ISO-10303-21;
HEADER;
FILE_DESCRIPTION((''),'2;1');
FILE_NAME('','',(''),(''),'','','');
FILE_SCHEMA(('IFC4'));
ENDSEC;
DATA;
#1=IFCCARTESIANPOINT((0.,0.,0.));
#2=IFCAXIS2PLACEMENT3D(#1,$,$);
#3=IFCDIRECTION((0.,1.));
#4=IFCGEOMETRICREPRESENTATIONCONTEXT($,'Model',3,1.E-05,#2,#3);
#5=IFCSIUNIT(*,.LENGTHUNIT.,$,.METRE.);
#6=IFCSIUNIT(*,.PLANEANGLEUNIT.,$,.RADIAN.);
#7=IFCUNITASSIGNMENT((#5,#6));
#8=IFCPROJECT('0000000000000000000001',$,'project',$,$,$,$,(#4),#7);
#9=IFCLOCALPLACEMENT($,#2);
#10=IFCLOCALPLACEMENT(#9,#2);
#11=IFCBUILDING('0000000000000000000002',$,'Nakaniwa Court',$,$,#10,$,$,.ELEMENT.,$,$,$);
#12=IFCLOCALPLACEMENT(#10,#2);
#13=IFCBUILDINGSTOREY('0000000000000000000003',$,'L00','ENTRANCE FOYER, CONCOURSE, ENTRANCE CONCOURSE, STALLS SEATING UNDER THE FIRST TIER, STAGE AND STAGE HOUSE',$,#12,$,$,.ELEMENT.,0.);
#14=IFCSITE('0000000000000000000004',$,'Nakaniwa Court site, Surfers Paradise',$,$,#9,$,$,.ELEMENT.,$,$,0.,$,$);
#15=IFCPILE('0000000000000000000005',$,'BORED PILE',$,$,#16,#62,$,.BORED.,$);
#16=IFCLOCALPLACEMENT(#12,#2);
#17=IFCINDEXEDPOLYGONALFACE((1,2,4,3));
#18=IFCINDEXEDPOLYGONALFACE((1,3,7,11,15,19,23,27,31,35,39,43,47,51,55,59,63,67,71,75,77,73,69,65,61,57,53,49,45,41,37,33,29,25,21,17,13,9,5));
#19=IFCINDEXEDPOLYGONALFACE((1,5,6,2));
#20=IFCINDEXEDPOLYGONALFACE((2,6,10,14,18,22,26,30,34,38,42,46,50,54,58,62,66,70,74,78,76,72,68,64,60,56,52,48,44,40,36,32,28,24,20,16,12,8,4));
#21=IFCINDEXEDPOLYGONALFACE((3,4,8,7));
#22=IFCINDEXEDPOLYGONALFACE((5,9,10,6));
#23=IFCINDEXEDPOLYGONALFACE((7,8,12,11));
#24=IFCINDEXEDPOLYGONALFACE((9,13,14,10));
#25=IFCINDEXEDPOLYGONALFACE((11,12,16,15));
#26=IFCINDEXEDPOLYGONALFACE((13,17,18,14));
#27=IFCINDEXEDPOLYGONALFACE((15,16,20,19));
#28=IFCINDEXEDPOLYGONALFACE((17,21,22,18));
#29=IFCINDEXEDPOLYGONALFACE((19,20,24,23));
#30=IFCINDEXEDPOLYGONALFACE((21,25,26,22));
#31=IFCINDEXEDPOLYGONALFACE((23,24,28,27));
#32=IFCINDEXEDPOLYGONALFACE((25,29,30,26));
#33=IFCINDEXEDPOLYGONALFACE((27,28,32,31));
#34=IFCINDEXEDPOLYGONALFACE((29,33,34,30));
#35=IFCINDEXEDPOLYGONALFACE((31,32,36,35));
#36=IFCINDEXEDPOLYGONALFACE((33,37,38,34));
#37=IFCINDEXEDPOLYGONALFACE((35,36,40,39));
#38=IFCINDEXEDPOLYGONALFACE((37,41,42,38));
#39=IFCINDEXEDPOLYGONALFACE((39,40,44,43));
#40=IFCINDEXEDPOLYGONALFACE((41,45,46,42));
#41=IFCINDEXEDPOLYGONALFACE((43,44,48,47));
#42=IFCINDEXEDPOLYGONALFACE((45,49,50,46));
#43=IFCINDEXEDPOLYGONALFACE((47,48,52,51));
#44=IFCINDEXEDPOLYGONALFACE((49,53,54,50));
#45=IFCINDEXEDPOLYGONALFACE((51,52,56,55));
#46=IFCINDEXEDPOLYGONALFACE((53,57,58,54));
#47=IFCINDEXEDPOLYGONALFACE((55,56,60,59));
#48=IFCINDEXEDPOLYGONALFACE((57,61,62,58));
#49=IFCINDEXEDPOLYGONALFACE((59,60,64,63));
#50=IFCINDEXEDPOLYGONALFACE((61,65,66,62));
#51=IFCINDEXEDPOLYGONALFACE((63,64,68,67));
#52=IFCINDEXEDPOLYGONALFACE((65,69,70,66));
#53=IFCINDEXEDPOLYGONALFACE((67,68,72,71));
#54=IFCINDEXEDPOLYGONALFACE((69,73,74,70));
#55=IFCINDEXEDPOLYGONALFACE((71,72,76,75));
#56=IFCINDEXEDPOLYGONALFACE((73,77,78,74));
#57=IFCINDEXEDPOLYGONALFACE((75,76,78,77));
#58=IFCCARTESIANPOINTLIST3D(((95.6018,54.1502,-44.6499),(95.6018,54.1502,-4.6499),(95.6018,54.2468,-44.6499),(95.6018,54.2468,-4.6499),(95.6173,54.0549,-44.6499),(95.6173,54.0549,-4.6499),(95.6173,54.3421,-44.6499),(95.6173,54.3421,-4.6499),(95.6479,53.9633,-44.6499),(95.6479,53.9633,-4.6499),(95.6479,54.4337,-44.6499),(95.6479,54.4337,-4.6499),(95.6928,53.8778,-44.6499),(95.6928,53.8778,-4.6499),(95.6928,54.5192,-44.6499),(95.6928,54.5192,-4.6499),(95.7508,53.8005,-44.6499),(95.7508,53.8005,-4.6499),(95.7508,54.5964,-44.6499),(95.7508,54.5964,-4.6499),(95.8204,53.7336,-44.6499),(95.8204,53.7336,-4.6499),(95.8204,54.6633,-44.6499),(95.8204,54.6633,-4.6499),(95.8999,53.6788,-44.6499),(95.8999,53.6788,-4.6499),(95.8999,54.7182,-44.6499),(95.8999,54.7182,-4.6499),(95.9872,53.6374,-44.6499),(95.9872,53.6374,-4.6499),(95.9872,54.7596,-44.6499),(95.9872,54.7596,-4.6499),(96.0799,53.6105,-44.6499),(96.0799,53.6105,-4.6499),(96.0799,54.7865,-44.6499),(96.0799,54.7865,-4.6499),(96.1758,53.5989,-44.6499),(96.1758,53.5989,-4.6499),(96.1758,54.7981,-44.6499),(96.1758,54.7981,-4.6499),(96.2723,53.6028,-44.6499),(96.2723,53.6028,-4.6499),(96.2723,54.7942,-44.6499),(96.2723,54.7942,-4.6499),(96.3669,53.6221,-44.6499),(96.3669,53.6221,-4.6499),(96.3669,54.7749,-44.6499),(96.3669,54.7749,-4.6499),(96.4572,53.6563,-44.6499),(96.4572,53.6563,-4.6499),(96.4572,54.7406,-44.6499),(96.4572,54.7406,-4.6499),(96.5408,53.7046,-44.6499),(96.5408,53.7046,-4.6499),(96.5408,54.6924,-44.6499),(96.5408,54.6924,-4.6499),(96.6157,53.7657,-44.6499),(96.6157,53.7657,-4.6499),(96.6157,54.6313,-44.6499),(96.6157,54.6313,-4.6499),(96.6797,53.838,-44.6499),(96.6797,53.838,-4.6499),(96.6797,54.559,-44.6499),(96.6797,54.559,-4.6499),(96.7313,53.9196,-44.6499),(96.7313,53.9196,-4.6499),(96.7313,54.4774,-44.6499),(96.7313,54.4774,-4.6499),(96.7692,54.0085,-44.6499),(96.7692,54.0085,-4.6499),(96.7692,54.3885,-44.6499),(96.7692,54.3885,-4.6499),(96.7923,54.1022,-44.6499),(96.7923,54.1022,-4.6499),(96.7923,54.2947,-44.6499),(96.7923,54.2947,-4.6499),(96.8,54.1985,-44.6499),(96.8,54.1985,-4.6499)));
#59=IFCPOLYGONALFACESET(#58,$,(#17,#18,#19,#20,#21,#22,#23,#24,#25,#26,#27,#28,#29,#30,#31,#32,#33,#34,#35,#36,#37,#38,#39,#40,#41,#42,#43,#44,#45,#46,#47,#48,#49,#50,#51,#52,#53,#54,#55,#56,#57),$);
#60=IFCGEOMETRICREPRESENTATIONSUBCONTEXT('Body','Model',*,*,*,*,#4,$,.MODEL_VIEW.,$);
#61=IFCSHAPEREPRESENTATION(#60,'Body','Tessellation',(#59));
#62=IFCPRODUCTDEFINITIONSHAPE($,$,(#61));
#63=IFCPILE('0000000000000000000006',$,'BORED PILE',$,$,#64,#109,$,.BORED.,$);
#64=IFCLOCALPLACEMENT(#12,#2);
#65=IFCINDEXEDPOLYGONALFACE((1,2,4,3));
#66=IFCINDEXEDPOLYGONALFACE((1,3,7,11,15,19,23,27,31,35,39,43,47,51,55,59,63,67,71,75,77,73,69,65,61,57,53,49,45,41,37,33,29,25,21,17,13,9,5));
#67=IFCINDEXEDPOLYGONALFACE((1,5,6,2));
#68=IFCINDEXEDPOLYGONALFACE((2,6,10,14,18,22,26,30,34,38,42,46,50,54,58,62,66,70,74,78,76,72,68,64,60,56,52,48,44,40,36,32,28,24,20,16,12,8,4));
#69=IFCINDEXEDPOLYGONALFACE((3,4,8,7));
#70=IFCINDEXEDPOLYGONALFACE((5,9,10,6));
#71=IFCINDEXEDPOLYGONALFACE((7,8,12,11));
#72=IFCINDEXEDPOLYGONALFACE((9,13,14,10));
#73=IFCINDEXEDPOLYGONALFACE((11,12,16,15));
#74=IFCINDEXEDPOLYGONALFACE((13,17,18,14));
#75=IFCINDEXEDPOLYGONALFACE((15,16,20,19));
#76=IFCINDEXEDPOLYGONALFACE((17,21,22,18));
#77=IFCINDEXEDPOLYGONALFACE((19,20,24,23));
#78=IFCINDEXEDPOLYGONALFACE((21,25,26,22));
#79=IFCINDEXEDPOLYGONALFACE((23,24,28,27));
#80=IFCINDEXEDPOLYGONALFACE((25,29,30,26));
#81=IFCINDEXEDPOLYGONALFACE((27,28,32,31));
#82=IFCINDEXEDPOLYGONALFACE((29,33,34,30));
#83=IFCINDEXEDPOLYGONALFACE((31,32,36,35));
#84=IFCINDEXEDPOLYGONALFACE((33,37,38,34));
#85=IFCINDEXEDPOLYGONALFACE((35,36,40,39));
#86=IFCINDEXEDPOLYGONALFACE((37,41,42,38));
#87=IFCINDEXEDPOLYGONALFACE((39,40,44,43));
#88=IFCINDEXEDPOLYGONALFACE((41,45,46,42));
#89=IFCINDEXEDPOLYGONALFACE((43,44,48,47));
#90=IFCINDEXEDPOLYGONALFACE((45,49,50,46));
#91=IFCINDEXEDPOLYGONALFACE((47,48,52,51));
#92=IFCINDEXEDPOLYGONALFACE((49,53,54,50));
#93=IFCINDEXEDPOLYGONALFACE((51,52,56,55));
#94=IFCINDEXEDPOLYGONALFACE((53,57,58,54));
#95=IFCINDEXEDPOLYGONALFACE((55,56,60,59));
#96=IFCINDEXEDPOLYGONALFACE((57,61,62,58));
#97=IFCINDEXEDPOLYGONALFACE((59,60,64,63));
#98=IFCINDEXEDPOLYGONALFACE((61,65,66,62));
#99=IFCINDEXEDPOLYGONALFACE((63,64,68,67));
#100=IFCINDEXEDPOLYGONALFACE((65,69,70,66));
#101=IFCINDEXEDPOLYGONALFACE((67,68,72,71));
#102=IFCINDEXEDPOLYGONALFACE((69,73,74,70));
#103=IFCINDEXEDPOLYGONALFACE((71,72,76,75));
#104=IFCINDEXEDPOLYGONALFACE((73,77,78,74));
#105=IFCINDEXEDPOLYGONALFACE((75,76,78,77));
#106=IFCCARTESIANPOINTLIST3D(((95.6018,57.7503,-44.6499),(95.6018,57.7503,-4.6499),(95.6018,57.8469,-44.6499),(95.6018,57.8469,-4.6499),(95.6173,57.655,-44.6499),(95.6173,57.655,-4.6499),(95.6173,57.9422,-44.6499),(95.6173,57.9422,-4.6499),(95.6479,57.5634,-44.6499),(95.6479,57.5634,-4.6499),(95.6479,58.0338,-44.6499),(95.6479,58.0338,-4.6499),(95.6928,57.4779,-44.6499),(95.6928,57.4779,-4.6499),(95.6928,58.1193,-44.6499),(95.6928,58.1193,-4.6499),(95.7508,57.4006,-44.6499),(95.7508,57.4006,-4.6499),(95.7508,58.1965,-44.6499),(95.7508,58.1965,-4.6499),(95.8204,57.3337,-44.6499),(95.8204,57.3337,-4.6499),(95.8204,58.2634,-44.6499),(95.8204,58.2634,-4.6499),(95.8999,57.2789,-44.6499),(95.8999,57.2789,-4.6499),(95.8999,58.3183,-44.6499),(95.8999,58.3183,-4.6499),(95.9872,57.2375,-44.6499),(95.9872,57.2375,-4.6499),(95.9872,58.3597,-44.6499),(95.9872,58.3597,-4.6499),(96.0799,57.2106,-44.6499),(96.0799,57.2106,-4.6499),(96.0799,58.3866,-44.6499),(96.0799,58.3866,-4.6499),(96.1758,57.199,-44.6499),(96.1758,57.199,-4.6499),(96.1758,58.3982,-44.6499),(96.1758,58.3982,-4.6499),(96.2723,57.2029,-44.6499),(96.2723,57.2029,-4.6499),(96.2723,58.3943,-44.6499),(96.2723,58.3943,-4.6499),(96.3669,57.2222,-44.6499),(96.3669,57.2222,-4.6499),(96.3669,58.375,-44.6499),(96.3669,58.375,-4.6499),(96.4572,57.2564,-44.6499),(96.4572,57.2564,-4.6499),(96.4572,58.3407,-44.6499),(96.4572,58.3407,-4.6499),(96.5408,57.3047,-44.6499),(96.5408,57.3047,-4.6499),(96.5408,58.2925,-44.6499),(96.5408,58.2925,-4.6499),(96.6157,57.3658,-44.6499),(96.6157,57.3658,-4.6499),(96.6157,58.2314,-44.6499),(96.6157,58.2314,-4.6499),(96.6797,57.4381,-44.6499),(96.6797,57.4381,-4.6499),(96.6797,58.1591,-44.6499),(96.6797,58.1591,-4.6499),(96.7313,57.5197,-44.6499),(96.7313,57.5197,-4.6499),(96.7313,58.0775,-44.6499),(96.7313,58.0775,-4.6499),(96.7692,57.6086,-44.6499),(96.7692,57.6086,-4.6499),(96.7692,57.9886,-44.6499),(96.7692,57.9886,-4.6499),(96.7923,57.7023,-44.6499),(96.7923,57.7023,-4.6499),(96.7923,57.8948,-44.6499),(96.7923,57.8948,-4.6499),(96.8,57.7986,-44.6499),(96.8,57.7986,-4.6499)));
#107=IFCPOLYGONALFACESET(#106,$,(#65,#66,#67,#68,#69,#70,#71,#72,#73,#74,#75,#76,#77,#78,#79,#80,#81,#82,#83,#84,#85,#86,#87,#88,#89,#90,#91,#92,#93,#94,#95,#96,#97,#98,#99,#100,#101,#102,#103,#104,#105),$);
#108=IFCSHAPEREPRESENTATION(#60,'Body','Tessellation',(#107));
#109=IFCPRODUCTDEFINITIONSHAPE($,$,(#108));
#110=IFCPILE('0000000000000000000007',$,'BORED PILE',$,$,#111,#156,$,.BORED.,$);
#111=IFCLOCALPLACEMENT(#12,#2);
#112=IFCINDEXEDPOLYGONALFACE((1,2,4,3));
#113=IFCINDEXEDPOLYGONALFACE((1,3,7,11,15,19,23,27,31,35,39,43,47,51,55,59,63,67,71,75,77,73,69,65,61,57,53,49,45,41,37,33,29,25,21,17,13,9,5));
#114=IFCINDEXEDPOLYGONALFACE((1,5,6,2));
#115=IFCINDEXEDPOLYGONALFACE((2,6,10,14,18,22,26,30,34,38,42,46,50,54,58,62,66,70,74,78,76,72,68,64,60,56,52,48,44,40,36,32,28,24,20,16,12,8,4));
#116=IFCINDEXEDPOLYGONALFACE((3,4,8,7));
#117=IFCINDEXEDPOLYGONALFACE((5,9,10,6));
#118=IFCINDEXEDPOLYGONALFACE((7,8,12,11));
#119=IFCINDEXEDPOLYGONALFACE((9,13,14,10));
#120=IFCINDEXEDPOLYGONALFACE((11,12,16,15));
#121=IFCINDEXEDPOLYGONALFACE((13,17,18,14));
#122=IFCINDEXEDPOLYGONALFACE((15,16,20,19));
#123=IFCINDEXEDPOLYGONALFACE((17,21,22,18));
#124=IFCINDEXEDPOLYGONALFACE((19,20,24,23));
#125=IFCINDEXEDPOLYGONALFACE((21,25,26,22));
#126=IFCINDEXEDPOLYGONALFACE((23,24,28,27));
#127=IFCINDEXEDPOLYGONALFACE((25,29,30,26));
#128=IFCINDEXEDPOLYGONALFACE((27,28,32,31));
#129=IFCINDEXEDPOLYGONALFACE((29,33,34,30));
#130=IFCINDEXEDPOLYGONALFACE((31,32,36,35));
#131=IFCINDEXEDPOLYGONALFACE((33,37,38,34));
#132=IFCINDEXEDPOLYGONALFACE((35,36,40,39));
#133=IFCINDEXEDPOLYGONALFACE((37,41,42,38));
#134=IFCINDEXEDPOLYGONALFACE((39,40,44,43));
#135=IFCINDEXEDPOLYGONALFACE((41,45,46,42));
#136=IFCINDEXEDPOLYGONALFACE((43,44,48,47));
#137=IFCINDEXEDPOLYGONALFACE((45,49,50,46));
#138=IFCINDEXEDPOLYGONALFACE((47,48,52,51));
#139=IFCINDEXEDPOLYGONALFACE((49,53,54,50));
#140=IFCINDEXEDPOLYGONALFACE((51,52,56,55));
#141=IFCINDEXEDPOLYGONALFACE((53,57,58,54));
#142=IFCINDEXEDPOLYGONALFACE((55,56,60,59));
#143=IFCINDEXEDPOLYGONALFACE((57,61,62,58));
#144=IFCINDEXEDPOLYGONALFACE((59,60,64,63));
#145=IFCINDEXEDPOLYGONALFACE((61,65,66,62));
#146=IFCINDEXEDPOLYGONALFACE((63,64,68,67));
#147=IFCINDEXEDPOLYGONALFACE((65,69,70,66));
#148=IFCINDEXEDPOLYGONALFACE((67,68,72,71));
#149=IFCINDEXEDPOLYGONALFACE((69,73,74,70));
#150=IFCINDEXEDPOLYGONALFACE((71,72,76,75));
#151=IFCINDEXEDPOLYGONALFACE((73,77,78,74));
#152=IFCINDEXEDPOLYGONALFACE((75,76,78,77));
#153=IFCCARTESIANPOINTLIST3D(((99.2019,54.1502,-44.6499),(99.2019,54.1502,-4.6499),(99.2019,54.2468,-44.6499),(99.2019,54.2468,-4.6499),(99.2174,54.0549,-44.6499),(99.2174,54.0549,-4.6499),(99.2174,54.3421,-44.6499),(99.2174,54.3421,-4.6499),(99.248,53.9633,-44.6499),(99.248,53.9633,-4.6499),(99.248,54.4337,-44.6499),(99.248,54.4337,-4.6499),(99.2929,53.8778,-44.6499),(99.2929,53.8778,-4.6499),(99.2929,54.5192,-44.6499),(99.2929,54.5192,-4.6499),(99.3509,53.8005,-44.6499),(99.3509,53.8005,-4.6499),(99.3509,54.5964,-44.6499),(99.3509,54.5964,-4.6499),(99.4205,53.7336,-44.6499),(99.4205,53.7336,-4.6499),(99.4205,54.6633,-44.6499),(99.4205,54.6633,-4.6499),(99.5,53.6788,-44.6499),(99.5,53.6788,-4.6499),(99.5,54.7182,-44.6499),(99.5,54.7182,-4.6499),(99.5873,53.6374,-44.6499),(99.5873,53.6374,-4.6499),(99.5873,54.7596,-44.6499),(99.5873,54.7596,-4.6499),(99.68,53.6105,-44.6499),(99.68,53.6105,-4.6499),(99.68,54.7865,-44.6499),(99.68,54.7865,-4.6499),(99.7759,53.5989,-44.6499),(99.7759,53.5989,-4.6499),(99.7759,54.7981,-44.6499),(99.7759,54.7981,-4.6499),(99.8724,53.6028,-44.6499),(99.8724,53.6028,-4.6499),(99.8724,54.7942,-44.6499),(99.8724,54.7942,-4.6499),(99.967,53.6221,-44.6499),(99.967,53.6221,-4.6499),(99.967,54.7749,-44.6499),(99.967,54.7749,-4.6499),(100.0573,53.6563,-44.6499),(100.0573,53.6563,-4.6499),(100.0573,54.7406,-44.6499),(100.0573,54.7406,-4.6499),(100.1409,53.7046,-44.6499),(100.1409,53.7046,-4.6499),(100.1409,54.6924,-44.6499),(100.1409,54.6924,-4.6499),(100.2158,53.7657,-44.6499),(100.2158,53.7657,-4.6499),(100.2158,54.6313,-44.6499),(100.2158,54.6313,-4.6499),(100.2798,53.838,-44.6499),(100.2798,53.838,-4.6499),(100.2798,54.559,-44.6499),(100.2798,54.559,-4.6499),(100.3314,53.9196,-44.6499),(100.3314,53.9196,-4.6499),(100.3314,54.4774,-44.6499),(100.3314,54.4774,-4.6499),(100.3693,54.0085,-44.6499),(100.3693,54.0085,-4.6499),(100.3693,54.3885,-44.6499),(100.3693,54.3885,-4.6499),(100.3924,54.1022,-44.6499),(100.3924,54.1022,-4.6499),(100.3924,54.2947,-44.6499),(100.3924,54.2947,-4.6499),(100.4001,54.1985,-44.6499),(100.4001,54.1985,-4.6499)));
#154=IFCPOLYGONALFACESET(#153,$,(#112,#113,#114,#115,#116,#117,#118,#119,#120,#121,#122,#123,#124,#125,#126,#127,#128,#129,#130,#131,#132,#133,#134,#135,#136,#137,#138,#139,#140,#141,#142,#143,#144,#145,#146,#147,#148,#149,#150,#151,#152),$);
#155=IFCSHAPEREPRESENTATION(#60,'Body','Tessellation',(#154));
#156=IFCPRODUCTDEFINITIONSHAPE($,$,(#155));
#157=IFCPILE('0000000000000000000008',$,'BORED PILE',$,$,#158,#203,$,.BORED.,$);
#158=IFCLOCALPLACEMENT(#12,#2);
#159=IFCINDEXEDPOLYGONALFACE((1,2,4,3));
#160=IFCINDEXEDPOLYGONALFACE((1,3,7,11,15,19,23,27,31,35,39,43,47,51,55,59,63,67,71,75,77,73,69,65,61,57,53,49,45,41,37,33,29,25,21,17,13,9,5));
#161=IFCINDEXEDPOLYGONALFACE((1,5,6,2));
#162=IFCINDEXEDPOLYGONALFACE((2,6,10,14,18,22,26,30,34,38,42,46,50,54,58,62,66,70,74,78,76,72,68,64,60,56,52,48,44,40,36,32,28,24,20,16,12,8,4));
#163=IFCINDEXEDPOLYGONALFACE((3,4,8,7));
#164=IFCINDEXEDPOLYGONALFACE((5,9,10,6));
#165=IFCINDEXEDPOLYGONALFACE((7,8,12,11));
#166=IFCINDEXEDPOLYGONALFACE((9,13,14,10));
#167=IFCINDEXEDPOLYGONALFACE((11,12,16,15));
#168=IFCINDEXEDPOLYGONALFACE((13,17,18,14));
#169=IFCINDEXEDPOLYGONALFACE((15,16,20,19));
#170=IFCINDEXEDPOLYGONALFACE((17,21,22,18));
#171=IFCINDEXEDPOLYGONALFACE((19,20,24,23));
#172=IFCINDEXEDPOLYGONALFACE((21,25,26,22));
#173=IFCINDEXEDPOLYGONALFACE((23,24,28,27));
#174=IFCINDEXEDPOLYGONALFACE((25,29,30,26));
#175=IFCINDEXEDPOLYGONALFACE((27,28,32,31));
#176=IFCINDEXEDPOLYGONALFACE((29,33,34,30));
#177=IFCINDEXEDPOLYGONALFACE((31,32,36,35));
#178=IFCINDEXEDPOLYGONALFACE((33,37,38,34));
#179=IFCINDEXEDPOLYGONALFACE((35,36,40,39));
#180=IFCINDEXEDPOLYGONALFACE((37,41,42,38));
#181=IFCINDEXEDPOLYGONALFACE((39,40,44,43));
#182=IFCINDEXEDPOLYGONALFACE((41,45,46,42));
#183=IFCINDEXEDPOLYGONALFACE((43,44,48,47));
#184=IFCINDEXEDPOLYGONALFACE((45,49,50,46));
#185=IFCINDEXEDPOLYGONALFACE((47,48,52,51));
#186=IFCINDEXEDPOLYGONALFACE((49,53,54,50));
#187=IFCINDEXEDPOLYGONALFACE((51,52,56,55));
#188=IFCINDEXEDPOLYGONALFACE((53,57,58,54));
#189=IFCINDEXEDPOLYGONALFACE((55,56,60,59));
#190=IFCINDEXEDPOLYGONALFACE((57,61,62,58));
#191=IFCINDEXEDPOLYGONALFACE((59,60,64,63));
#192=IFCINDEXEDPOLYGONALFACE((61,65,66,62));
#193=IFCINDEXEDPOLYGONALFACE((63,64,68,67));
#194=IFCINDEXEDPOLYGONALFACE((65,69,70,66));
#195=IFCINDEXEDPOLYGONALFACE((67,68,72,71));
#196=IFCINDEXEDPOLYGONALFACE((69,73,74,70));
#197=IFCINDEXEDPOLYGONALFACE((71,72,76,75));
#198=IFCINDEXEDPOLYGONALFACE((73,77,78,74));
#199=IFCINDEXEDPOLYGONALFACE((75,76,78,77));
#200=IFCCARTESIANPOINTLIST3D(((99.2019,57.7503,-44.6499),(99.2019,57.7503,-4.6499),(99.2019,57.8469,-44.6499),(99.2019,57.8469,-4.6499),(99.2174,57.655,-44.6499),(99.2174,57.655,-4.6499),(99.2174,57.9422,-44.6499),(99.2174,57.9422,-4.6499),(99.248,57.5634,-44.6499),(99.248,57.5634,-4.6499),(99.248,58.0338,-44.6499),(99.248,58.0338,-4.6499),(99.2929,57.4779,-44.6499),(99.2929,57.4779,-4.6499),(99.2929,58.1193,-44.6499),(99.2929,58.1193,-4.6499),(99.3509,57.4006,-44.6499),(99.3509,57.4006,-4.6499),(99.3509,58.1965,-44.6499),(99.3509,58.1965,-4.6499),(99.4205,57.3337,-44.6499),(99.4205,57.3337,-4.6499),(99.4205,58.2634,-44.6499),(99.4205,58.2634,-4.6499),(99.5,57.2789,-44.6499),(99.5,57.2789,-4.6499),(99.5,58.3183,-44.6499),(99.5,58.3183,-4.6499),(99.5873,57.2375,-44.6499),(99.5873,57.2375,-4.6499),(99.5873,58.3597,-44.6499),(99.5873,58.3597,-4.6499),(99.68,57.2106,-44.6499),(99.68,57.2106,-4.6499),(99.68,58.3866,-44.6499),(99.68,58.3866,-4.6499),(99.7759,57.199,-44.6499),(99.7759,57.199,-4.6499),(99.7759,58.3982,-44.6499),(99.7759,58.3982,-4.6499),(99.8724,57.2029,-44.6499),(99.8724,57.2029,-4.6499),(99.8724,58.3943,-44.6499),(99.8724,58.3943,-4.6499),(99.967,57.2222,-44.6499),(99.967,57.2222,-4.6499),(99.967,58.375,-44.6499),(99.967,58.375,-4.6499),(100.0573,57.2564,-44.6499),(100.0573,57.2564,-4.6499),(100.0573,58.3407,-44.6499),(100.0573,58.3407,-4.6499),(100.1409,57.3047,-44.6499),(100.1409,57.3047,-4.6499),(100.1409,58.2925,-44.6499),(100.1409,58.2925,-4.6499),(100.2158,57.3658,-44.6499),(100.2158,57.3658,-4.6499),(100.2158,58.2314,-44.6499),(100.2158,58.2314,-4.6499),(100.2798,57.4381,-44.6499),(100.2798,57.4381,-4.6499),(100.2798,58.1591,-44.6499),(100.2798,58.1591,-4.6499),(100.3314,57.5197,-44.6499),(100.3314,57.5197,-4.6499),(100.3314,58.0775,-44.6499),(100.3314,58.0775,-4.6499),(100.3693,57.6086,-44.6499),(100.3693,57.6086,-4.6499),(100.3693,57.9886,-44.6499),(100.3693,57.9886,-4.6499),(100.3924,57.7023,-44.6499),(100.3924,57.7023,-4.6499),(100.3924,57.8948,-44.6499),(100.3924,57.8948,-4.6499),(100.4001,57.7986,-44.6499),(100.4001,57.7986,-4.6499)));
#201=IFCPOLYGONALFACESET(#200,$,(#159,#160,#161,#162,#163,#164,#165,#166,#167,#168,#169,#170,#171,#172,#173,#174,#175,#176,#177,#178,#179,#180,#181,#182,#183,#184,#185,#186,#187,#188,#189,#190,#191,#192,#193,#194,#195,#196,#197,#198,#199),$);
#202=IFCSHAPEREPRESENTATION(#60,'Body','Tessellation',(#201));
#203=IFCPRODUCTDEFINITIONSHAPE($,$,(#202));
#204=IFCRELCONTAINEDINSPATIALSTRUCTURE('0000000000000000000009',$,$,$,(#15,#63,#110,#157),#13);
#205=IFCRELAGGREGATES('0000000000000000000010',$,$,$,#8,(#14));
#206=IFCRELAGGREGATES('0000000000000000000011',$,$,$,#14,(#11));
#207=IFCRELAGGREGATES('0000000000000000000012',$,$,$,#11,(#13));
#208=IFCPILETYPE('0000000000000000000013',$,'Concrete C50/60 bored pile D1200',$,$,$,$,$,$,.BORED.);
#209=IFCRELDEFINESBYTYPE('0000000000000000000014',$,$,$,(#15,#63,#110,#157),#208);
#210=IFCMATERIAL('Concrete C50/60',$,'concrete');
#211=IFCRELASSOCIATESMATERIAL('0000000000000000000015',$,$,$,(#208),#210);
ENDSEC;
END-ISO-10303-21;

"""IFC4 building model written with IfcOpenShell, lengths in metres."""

from ifc_helpers import new_model, si_unit, direction, frame, origin, origin_2d, place, context, subcontext, project, spatial, circle, extrude, material, material_profile, profile_set, type_object, element, save


model = new_model("IFC4")

# Units and contexts
model_context = context("Model", 3, precision=1e-05, world=origin(), true_north=direction((0.0, 1.0)))
body_context = subcontext(model_context, "Body", "Model", "MODEL_VIEW")
ifc_project = project(units=[si_unit("LENGTHUNIT", "METRE"), si_unit("PLANEANGLEUNIT", "RADIAN")], contexts=[model_context])

# Site, building, storey
site_placement = place(None, origin())
site = spatial("IfcSite", under=ifc_project, at=site_placement, Name="Nakaniwa Court site, Surfers Paradise", CompositionType="ELEMENT", RefElevation=0.0)
building_placement = place(site_placement, origin())
building = spatial("IfcBuilding", under=site, at=building_placement, Name="Nakaniwa Court", CompositionType="ELEMENT")
storey_placement = place(building_placement, origin())
storey = spatial("IfcBuildingStorey", under=building, at=storey_placement, Name="L00", Description="ENTRANCE FOYER, CONCOURSE, ENTRANCE CONCOURSE, STALLS SEATING UNDER THE FIRST TIER, STAGE AND STAGE HOUSE", CompositionType="ELEMENT", Elevation=0.0)

# Piles
ifc_material_1 = material(Name="Concrete C50/60", Category="concrete")
ifc_material_profile_1 = material_profile(ifc_material_1, circle(Radius=0.6001, at=origin_2d()), Name="Concrete C50/60 bored pile D1200")
ifc_profile_set_1 = profile_set([ifc_material_profile_1], Name="Concrete C50/60")
pile_type = type_object("IfcPileType", Name="Concrete C50/60 bored pile D1200", PredefinedType="BORED", material=ifc_profile_set_1)
for number, where, z_axis, x_axis, name in (
    (1, (96.2, 54.1985, -4.6499), (0.0, 0.0, -1.0), (1.0, 0.0, 0.0), "BORED PILE"),
    (2, (96.2, 57.7986, -4.6499), (0.0, 0.0, -1.0), (1.0, 0.0, 0.0), "BORED PILE"),
    (3, (99.8, 54.1985, -4.6499), (0.0, 0.0, -1.0), (1.0, 0.0, 0.0), "BORED PILE"),
    (4, (99.8, 57.7986, -4.6499), (0.0, 0.0, -1.0), (1.0, 0.0, 0.0), "BORED PILE"),
):
    element("IfcPile", number, at=place(storey_placement, frame(where, z_axis=z_axis, x_axis=x_axis)), inside=storey, type_object=pile_type, Name=name, PredefinedType="BORED", context=body_context, shape_type="SweptSolid", body=[
        extrude(circle(Radius=0.6001, at=origin_2d()), origin(), (0.0, 0.0, 1.0), 40.0),
    ])

save(model, "model.ifc")
